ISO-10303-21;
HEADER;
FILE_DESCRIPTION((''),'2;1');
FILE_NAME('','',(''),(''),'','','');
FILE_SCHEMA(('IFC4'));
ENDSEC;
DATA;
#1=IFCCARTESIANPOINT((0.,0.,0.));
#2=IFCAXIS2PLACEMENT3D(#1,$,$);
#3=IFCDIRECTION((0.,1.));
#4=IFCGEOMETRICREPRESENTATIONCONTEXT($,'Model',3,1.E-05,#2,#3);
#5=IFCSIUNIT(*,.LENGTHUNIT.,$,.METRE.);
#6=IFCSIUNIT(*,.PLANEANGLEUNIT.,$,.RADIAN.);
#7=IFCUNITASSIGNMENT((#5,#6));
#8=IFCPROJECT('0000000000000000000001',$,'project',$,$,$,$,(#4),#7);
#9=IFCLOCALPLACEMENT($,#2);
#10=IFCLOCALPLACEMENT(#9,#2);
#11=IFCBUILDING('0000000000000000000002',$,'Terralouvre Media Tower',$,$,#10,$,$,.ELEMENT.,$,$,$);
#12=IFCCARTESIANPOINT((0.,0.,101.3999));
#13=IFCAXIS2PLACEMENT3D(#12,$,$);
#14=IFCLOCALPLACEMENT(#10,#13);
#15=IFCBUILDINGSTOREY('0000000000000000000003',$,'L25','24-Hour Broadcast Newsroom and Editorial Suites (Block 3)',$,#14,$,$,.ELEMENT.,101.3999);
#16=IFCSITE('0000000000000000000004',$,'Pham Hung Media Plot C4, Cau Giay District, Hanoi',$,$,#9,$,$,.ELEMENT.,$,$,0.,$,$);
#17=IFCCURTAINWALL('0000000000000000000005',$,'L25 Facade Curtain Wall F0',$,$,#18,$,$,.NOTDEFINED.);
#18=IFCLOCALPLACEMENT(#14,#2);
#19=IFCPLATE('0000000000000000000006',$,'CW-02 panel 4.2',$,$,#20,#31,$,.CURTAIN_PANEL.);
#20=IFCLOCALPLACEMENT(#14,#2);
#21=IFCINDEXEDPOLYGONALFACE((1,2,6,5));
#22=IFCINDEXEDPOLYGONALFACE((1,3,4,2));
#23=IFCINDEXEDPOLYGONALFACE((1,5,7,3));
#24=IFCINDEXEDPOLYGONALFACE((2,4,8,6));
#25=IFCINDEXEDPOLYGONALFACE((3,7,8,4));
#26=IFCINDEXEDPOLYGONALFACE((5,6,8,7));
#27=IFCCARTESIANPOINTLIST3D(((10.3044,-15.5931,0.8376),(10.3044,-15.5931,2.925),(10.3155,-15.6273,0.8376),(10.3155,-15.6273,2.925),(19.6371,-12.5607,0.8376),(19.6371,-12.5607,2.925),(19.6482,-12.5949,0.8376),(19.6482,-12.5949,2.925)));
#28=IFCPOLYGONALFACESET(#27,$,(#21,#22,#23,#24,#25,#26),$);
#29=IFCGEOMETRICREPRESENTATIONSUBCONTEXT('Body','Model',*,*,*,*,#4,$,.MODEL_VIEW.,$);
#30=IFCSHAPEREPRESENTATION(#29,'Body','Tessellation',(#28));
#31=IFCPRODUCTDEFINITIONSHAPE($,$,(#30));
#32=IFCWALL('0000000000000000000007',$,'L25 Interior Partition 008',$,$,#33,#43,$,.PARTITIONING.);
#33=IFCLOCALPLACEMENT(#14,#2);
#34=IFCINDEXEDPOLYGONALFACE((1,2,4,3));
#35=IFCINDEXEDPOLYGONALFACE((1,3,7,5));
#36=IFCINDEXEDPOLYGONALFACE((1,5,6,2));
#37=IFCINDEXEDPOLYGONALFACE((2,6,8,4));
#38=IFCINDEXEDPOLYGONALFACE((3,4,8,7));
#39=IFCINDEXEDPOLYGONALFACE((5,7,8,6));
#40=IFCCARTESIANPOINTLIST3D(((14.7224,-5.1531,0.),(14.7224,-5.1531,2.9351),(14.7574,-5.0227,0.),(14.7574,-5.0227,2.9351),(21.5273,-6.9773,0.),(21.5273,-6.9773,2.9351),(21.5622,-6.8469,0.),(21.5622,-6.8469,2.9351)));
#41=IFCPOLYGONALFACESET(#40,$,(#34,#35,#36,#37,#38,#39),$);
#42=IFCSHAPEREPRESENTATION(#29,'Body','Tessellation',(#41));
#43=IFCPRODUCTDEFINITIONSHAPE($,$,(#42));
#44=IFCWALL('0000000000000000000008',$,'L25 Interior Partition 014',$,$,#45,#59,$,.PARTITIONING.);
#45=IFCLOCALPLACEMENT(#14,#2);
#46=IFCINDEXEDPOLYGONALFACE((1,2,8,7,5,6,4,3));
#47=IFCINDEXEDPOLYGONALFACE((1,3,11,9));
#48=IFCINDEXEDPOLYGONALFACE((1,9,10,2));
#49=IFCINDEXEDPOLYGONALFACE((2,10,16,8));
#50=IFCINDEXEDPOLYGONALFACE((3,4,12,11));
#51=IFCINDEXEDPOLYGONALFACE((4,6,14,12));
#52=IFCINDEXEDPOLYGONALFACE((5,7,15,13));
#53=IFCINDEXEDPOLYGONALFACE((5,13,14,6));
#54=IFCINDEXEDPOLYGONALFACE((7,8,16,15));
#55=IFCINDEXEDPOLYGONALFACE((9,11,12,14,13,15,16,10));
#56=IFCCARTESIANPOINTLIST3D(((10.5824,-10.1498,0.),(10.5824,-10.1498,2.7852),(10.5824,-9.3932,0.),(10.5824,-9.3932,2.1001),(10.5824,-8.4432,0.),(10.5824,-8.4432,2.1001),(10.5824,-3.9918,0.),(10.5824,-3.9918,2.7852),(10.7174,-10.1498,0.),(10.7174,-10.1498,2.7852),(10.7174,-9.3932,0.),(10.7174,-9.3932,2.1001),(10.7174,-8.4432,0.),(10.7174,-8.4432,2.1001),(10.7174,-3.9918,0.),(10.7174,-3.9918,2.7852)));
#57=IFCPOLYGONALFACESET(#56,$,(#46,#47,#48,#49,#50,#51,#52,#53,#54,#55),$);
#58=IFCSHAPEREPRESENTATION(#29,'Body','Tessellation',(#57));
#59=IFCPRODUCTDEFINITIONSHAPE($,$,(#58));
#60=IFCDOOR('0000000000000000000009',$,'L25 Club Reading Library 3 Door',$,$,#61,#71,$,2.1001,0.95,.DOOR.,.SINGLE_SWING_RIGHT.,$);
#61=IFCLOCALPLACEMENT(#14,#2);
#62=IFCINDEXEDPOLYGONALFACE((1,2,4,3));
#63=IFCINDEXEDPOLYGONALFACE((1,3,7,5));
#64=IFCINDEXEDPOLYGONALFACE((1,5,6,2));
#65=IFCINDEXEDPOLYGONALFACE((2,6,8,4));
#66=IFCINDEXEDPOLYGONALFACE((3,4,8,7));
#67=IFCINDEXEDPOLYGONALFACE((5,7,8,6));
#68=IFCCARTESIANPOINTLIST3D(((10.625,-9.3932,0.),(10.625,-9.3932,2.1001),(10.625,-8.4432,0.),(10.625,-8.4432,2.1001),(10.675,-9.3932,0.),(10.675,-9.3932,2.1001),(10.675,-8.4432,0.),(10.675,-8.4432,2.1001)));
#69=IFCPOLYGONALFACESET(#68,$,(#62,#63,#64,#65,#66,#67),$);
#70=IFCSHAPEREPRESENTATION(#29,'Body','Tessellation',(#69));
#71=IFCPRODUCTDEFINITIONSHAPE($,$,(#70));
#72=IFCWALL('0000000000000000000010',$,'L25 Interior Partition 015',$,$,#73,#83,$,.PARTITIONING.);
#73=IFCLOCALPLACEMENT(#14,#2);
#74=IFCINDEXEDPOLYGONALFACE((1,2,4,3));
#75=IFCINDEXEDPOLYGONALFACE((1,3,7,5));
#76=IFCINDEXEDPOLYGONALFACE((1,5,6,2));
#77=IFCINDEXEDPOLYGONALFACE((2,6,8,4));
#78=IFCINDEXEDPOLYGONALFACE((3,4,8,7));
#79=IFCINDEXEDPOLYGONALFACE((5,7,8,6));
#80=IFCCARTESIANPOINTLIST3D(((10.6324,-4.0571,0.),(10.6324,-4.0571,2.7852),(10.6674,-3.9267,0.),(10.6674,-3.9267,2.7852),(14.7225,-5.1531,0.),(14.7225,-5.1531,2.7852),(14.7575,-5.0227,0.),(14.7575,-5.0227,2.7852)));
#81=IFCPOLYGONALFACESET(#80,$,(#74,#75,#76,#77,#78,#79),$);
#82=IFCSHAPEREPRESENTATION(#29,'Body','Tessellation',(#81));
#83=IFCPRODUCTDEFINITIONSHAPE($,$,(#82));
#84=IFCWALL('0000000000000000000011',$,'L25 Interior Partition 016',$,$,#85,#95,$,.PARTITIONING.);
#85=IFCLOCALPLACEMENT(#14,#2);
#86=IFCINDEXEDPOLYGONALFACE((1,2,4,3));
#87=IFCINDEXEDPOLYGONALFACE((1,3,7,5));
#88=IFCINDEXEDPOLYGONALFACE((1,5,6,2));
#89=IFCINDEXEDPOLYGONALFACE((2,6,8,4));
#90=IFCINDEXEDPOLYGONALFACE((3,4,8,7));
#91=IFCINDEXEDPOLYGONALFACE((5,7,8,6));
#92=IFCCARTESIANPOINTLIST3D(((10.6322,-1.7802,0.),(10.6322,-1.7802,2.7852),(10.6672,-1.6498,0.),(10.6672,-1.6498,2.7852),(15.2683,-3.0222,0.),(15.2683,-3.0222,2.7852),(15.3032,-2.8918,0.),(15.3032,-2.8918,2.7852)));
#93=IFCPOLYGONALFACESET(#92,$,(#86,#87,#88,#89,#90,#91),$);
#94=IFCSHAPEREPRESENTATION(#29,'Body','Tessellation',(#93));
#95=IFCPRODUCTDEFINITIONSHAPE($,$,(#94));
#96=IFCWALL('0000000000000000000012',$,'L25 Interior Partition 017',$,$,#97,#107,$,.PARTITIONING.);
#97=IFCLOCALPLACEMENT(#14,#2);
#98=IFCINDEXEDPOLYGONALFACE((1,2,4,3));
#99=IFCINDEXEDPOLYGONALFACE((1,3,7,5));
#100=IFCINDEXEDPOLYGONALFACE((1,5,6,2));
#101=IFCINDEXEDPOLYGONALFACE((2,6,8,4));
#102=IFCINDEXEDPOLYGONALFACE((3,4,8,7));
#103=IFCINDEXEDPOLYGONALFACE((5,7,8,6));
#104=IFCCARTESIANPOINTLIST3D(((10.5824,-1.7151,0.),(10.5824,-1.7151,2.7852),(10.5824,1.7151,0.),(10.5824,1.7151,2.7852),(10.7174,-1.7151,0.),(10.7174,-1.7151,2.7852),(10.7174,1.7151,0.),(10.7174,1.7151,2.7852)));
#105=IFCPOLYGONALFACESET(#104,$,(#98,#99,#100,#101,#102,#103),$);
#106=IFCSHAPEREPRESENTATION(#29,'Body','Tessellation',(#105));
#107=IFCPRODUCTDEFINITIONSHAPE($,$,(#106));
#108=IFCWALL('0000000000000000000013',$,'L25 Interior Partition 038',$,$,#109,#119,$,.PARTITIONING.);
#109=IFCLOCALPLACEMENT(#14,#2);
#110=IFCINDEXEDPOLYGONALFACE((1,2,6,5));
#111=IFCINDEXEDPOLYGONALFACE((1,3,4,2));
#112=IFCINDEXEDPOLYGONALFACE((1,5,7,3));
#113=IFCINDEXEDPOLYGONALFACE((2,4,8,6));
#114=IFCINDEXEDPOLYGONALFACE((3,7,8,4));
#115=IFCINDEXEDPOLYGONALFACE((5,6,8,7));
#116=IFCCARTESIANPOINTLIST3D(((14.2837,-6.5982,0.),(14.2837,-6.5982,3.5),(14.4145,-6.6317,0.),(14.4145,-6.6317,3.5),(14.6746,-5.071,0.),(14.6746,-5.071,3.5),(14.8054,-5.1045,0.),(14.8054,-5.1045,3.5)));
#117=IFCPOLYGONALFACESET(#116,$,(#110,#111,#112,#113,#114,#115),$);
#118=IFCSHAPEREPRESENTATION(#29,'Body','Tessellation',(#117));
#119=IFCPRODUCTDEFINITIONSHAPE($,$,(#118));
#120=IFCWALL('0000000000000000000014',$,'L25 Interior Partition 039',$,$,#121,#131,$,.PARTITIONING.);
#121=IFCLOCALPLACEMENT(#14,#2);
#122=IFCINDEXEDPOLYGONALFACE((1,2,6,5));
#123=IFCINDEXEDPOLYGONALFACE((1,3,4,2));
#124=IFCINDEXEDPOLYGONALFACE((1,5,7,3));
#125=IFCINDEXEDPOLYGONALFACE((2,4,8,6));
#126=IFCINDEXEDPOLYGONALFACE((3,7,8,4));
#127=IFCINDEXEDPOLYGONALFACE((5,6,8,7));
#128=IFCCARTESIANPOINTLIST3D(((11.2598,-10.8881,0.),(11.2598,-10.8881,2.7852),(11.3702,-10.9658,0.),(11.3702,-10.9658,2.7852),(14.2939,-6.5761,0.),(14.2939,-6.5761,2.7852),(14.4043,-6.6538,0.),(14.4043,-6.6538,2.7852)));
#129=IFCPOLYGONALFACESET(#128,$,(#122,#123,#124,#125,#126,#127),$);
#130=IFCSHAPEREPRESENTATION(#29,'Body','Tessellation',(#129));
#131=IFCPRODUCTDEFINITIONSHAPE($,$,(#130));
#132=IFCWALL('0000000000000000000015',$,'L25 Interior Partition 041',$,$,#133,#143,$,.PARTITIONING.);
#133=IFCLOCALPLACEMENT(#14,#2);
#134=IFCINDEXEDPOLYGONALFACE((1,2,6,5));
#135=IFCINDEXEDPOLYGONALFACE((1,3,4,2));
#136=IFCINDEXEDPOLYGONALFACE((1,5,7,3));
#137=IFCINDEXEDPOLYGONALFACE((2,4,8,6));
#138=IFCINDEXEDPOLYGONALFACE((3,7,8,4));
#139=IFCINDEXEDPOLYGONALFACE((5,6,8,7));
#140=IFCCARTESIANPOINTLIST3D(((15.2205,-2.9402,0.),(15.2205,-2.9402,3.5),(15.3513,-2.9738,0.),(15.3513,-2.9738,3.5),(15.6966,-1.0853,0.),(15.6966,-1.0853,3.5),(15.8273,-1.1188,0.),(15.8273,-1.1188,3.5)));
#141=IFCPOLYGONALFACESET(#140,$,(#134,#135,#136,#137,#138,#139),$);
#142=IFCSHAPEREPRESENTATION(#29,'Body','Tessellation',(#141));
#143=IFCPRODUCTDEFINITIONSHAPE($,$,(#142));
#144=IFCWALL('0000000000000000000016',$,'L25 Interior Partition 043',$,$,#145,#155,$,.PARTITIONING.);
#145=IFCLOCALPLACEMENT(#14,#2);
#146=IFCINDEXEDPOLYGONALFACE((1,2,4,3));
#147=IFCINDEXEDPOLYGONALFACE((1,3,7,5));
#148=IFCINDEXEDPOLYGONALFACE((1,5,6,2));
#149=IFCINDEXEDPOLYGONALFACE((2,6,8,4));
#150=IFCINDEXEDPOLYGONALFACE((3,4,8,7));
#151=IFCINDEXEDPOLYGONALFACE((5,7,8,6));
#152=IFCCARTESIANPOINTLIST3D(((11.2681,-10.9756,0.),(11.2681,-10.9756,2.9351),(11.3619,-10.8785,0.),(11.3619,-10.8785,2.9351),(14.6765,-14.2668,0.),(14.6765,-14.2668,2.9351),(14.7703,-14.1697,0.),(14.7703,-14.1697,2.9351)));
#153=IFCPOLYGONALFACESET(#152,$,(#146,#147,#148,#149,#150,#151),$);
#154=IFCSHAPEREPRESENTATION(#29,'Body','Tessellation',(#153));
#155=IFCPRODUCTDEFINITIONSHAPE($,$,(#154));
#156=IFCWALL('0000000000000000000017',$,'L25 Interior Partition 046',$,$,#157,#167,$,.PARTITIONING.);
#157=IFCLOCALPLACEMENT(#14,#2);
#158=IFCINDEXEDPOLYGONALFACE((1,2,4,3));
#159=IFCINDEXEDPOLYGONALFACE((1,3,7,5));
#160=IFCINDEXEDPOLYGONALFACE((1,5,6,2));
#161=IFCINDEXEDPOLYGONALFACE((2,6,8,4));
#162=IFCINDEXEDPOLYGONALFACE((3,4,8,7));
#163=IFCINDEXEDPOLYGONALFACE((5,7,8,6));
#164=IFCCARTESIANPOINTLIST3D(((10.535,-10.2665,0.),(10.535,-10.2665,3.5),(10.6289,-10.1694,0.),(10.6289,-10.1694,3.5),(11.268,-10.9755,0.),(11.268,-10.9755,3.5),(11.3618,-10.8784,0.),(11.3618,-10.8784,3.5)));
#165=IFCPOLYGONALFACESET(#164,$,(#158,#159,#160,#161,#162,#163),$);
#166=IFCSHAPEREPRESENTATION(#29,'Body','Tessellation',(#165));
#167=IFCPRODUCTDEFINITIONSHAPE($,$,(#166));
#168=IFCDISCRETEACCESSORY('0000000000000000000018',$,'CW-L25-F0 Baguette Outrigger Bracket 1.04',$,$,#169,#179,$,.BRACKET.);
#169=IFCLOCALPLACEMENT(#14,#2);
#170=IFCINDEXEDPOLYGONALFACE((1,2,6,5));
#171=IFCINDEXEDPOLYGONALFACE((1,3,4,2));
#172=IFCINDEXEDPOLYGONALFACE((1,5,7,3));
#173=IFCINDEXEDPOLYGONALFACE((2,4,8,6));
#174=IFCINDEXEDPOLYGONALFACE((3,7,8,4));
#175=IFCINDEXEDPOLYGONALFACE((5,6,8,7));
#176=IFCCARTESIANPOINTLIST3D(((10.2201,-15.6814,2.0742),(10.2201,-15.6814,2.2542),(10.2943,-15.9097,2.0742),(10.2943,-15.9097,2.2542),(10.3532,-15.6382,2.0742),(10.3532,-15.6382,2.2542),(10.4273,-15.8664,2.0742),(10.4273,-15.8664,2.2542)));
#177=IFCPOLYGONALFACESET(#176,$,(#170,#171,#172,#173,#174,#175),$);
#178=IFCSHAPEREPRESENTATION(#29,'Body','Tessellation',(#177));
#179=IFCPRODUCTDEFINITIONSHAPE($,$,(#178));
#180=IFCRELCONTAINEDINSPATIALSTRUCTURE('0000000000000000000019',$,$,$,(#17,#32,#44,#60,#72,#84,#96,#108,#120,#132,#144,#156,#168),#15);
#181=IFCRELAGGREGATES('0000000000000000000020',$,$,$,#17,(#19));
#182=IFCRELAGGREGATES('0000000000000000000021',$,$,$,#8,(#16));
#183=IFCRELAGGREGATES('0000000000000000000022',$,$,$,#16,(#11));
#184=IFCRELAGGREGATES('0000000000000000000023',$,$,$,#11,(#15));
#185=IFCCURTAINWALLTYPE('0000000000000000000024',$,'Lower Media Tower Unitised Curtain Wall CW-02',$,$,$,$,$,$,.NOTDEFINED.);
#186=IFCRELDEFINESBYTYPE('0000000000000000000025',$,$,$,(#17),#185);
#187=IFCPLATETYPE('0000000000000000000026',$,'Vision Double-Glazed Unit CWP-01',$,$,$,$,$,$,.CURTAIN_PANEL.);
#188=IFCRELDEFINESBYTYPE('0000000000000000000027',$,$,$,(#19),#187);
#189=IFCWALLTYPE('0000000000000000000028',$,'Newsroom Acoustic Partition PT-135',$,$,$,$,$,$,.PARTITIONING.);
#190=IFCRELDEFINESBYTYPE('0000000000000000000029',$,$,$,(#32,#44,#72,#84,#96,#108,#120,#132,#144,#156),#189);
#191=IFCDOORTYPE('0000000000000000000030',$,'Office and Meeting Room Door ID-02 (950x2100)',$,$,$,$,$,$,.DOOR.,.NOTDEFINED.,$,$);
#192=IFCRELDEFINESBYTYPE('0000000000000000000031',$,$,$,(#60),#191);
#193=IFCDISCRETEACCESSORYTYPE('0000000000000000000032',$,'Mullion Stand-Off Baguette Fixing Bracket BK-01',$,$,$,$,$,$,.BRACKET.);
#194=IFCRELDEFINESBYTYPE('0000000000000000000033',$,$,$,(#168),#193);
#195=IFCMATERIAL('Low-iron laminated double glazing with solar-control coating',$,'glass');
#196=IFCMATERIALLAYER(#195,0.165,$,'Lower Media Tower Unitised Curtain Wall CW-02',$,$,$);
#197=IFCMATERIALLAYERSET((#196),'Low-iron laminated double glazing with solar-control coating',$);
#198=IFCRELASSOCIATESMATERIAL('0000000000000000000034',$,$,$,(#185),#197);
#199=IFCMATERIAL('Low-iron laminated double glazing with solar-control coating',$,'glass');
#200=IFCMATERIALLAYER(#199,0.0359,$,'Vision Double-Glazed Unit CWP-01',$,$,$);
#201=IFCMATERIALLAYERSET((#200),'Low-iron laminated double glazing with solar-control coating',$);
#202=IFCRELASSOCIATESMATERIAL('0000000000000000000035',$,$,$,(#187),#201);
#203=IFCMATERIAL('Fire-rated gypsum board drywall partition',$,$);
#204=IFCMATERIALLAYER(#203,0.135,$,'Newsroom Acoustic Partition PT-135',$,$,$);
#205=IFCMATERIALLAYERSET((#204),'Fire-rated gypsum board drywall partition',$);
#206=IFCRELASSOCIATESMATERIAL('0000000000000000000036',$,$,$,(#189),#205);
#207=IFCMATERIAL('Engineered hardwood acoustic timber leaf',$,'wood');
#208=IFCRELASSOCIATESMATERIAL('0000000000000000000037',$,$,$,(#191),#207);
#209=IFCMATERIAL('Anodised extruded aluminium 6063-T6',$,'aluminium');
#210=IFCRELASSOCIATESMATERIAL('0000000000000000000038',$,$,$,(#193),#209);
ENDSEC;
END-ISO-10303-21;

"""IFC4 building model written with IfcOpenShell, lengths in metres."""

from ifc_helpers import new_model, si_unit, direction, frame, frame_2d, origin, origin_2d, place, context, subcontext, project, spatial, rectangle, extrude, material, layer, layer_set, type_object, element, fill, aggregate, save


model = new_model("IFC4")

# Units and contexts
model_context = context("Model", 3, precision=1e-05, world=origin(), true_north=direction((0.0, 1.0)))
body_context = subcontext(model_context, "Body", "Model", "MODEL_VIEW")
ifc_project = project(units=[si_unit("LENGTHUNIT", "METRE"), si_unit("PLANEANGLEUNIT", "RADIAN")], contexts=[model_context])

# Site, building, storey
site_placement = place(None, origin())
site = spatial("IfcSite", under=ifc_project, at=site_placement, Name="Pham Hung Media Plot C4, Cau Giay District, Hanoi", CompositionType="ELEMENT", RefElevation=0.0)
building_placement = place(site_placement, origin())
building = spatial("IfcBuilding", under=site, at=building_placement, Name="Terralouvre Media Tower", CompositionType="ELEMENT")
storey_placement = place(building_placement, frame((0.0, 0.0, 101.3999)))
storey = spatial("IfcBuildingStorey", under=building, at=storey_placement, Name="L25", Description="24-Hour Broadcast Newsroom and Editorial Suites (Block 3)", CompositionType="ELEMENT", Elevation=101.3999)

# Curtain wall
ifc_material_1 = material(Name="Low-iron laminated double glazing with solar-control coating", Category="glass")
ifc_layer_1 = layer(ifc_material_1, 0.165, Name="Lower Media Tower Unitised Curtain Wall CW-02")
ifc_layer_set_1 = layer_set([ifc_layer_1], Name="Low-iron laminated double glazing with solar-control coating")
curtain_wall_type = type_object("IfcCurtainWallType", Name="Lower Media Tower Unitised Curtain Wall CW-02", PredefinedType="NOTDEFINED", material=ifc_layer_set_1)
curtain_wall_placement = place(storey_placement, origin())
curtain_wall = element("IfcCurtainWall", 1, at=curtain_wall_placement, inside=storey, type_object=curtain_wall_type, Name="L25 Facade Curtain Wall F0", PredefinedType="NOTDEFINED")

# Plate
ifc_material_2 = material(Name="Low-iron laminated double glazing with solar-control coating", Category="glass")
ifc_layer_2 = layer(ifc_material_2, 0.0359, Name="Vision Double-Glazed Unit CWP-01")
ifc_layer_set_2 = layer_set([ifc_layer_2], Name="Low-iron laminated double glazing with solar-control coating")
plate_type = type_object("IfcPlateType", Name="Vision Double-Glazed Unit CWP-01", PredefinedType="CURTAIN_PANEL", material=ifc_layer_set_2)
plate_1_placement = place(storey_placement, frame((14.9763, -14.094, 0.8376), z_axis=(0.0, 0.0, 1.0), x_axis=(0.951057, 0.309017, 0.0)))
plate_1 = element("IfcPlate", 2, at=plate_1_placement, type_object=plate_type, Name="CW-02 panel 4.2", PredefinedType="CURTAIN_PANEL", context=body_context, shape_type="SweptSolid", body=[
    extrude(rectangle(XDim=9.813, YDim=0.0359, at=origin_2d()), origin(), (0.0, 0.0, 1.0), 2.0874),
])
aggregate(curtain_wall, [plate_1])

# Wall
ifc_material_3 = material(Name="Fire-rated gypsum board drywall partition")
ifc_layer_3 = layer(ifc_material_3, 0.135, Name="Newsroom Acoustic Partition PT-135")
ifc_layer_set_3 = layer_set([ifc_layer_3], Name="Fire-rated gypsum board drywall partition")
wall_type = type_object("IfcWallType", Name="Newsroom Acoustic Partition PT-135", PredefinedType="PARTITIONING", material=ifc_layer_set_3)
wall_1_placement = place(storey_placement, frame((14.74, -5.0879, 0.0), z_axis=(0.0, 0.0, 1.0), x_axis=(0.965896, -0.258931, 0.0)))
element("IfcWall", 3, at=wall_1_placement, inside=storey, type_object=wall_type, Name="L25 Interior Partition 008", PredefinedType="PARTITIONING", context=body_context, shape_type="SweptSolid", body=[
    extrude(rectangle(XDim=7.0452, YDim=0.135, at=frame_2d((3.5225, 0.0))), origin(), (0.0, 0.0, 1.0), 2.9351),
])

# Wall, opening, door
wall_2_placement = place(storey_placement, frame((10.6499, -10.1499, 0.0), z_axis=(0.0, 0.0, 1.0), x_axis=(0.0, 1.0, 0.0)))
wall_2 = element("IfcWall", 4, at=wall_2_placement, inside=storey, type_object=wall_type, Name="L25 Interior Partition 014", PredefinedType="PARTITIONING", context=body_context, shape_type="SweptSolid", body=[
    extrude(rectangle(XDim=6.158, YDim=0.135, at=frame_2d((3.0791, 0.0))), origin(), (0.0, 0.0, 1.0), 2.7852),
])
opening_placement = place(wall_2_placement, frame((0.7566, 0.0, 0.0)))
opening = element("IfcOpeningElement", 5, at=opening_placement, cuts=wall_2, PredefinedType="OPENING", context=body_context, shape_type="SweptSolid", body=[
    extrude(rectangle(XDim=0.95, YDim=2.1001, at=frame_2d((0.4751, 1.05))), frame((0.0, 0.0774, 0.0), z_axis=(0.0, -1.0, 0.0), x_axis=(1.0, 0.0, 0.0)), (0.0, 0.0, 1.0), 0.155),
])
ifc_material_4 = material(Name="Engineered hardwood acoustic timber leaf", Category="wood")
door_type = type_object("IfcDoorType", Name="Office and Meeting Room Door ID-02 (950x2100)", OperationType="NOTDEFINED", PredefinedType="DOOR", material=ifc_material_4)
door_placement = place(opening_placement, origin())
door = element("IfcDoor", 6, at=door_placement, inside=storey, type_object=door_type, Name="L25 Club Reading Library 3 Door", OperationType="SINGLE_SWING_RIGHT", OverallHeight=2.1001, OverallWidth=0.95, PredefinedType="DOOR", context=body_context, shape_type="SweptSolid", body=[
    extrude(rectangle(XDim=0.95, YDim=2.1001, at=frame_2d((0.4751, 1.05))), frame((0.0, 0.0249, 0.0), z_axis=(0.0, -1.0, 0.0), x_axis=(1.0, 0.0, 0.0)), (0.0, 0.0, 1.0), 0.05),
])
fill(opening, door)

# Walls
wall_3_placement = place(storey_placement, frame((10.6499, -3.9919, 0.0), z_axis=(0.0, 0.0, 1.0), x_axis=(0.965925, -0.258822, 0.0)))
element("IfcWall", 7, at=wall_3_placement, inside=storey, type_object=wall_type, Name="L25 Interior Partition 015", PredefinedType="PARTITIONING", context=body_context, shape_type="SweptSolid", body=[
    extrude(rectangle(XDim=4.2344, YDim=0.135, at=frame_2d((2.1172, 0.0))), origin(), (0.0, 0.0, 1.0), 2.7852),
])
wall_4_placement = place(storey_placement, frame((15.2859, -2.957, 0.0), z_axis=(0.0, 0.0, 1.0), x_axis=(-0.96594, 0.258767, 0.0)))
element("IfcWall", 8, at=wall_4_placement, inside=storey, type_object=wall_type, Name="L25 Interior Partition 016", PredefinedType="PARTITIONING", context=body_context, shape_type="SweptSolid", body=[
    extrude(rectangle(XDim=4.7996, YDim=0.135, at=frame_2d((2.3999, 0.0))), origin(), (0.0, 0.0, 1.0), 2.7852),
])
wall_5_placement = place(storey_placement, frame((10.6499, -1.7151, 0.0), z_axis=(0.0, 0.0, 1.0), x_axis=(0.0, 1.0, 0.0)))
element("IfcWall", 9, at=wall_5_placement, inside=storey, type_object=wall_type, Name="L25 Interior Partition 017", PredefinedType="PARTITIONING", context=body_context, shape_type="SweptSolid", body=[
    extrude(rectangle(XDim=3.4302, YDim=0.135, at=frame_2d((1.7151, 0.0))), origin(), (0.0, 0.0, 1.0), 2.7852),
])
wall_6_placement = place(storey_placement, frame((14.74, -5.0879, 0.0), z_axis=(0.0, 0.0, 1.0), x_axis=(-0.247962, -0.96877, 0.0)))
element("IfcWall", 10, at=wall_6_placement, inside=storey, type_object=wall_type, Name="L25 Interior Partition 038", PredefinedType="PARTITIONING", context=body_context, shape_type="SweptSolid", body=[
    extrude(rectangle(XDim=1.5764, YDim=0.135, at=frame_2d((0.7881, 0.0))), origin(), (0.0, 0.0, 1.0), 3.5),
])
wall_7_placement = place(storey_placement, frame((14.3491, -6.615, 0.0), z_axis=(0.0, 0.0, 1.0), x_axis=(-0.575468, -0.817824, 0.0)))
element("IfcWall", 11, at=wall_7_placement, inside=storey, type_object=wall_type, Name="L25 Interior Partition 039", PredefinedType="PARTITIONING", context=body_context, shape_type="SweptSolid", body=[
    extrude(rectangle(XDim=5.2725, YDim=0.135, at=frame_2d((2.6362, 0.0))), origin(), (0.0, 0.0, 1.0), 2.7852),
])
wall_8_placement = place(storey_placement, frame((15.762, -1.1021, 0.0), z_axis=(0.0, 0.0, 1.0), x_axis=(-0.24859, -0.968609, 0.0)))
element("IfcWall", 12, at=wall_8_placement, inside=storey, type_object=wall_type, Name="L25 Interior Partition 041", PredefinedType="PARTITIONING", context=body_context, shape_type="SweptSolid", body=[
    extrude(rectangle(XDim=1.915, YDim=0.135, at=frame_2d((0.9575, 0.0))), origin(), (0.0, 0.0, 1.0), 3.5),
])
wall_9_placement = place(storey_placement, frame((11.3149, -10.927, 0.0), z_axis=(0.0, 0.0, 1.0), x_axis=(0.719365, -0.694632, 0.0)))
element("IfcWall", 13, at=wall_9_placement, inside=storey, type_object=wall_type, Name="L25 Interior Partition 043", PredefinedType="PARTITIONING", context=body_context, shape_type="SweptSolid", body=[
    extrude(rectangle(XDim=4.738, YDim=0.135, at=frame_2d((2.3691, 0.0))), origin(), (0.0, 0.0, 1.0), 2.9351),
])
wall_10_placement = place(storey_placement, frame((10.582, -10.218, 0.0), z_axis=(0.0, 0.0, 1.0), x_axis=(0.718741, -0.695278, 0.0)))
element("IfcWall", 14, at=wall_10_placement, inside=storey, type_object=wall_type, Name="L25 Interior Partition 046", PredefinedType="PARTITIONING", context=body_context, shape_type="SweptSolid", body=[
    extrude(rectangle(XDim=1.0198, YDim=0.135, at=frame_2d((0.5098, 0.0))), origin(), (0.0, 0.0, 1.0), 3.5),
])

# Discrete accessory
ifc_material_5 = material(Name="Anodised extruded aluminium 6063-T6", Category="aluminium")
discrete_accessory_type = type_object("IfcDiscreteAccessoryType", Name="Mullion Stand-Off Baguette Fixing Bracket BK-01", PredefinedType="BRACKET", material=ifc_material_5)
discrete_accessory_placement = place(storey_placement, frame((10.3237, -15.7739, 2.0742), z_axis=(0.0, 0.0, 1.0), x_axis=(0.951057, 0.309017, 0.0)))
element("IfcDiscreteAccessory", 15, at=discrete_accessory_placement, inside=storey, type_object=discrete_accessory_type, Name="CW-L25-F0 Baguette Outrigger Bracket 1.04", PredefinedType="BRACKET", context=body_context, shape_type="SweptSolid", body=[
    extrude(rectangle(XDim=0.1399, YDim=0.24, at=origin_2d()), origin(), (0.0, 0.0, 1.0), 0.1799),
])

save(model, "model.ifc")
